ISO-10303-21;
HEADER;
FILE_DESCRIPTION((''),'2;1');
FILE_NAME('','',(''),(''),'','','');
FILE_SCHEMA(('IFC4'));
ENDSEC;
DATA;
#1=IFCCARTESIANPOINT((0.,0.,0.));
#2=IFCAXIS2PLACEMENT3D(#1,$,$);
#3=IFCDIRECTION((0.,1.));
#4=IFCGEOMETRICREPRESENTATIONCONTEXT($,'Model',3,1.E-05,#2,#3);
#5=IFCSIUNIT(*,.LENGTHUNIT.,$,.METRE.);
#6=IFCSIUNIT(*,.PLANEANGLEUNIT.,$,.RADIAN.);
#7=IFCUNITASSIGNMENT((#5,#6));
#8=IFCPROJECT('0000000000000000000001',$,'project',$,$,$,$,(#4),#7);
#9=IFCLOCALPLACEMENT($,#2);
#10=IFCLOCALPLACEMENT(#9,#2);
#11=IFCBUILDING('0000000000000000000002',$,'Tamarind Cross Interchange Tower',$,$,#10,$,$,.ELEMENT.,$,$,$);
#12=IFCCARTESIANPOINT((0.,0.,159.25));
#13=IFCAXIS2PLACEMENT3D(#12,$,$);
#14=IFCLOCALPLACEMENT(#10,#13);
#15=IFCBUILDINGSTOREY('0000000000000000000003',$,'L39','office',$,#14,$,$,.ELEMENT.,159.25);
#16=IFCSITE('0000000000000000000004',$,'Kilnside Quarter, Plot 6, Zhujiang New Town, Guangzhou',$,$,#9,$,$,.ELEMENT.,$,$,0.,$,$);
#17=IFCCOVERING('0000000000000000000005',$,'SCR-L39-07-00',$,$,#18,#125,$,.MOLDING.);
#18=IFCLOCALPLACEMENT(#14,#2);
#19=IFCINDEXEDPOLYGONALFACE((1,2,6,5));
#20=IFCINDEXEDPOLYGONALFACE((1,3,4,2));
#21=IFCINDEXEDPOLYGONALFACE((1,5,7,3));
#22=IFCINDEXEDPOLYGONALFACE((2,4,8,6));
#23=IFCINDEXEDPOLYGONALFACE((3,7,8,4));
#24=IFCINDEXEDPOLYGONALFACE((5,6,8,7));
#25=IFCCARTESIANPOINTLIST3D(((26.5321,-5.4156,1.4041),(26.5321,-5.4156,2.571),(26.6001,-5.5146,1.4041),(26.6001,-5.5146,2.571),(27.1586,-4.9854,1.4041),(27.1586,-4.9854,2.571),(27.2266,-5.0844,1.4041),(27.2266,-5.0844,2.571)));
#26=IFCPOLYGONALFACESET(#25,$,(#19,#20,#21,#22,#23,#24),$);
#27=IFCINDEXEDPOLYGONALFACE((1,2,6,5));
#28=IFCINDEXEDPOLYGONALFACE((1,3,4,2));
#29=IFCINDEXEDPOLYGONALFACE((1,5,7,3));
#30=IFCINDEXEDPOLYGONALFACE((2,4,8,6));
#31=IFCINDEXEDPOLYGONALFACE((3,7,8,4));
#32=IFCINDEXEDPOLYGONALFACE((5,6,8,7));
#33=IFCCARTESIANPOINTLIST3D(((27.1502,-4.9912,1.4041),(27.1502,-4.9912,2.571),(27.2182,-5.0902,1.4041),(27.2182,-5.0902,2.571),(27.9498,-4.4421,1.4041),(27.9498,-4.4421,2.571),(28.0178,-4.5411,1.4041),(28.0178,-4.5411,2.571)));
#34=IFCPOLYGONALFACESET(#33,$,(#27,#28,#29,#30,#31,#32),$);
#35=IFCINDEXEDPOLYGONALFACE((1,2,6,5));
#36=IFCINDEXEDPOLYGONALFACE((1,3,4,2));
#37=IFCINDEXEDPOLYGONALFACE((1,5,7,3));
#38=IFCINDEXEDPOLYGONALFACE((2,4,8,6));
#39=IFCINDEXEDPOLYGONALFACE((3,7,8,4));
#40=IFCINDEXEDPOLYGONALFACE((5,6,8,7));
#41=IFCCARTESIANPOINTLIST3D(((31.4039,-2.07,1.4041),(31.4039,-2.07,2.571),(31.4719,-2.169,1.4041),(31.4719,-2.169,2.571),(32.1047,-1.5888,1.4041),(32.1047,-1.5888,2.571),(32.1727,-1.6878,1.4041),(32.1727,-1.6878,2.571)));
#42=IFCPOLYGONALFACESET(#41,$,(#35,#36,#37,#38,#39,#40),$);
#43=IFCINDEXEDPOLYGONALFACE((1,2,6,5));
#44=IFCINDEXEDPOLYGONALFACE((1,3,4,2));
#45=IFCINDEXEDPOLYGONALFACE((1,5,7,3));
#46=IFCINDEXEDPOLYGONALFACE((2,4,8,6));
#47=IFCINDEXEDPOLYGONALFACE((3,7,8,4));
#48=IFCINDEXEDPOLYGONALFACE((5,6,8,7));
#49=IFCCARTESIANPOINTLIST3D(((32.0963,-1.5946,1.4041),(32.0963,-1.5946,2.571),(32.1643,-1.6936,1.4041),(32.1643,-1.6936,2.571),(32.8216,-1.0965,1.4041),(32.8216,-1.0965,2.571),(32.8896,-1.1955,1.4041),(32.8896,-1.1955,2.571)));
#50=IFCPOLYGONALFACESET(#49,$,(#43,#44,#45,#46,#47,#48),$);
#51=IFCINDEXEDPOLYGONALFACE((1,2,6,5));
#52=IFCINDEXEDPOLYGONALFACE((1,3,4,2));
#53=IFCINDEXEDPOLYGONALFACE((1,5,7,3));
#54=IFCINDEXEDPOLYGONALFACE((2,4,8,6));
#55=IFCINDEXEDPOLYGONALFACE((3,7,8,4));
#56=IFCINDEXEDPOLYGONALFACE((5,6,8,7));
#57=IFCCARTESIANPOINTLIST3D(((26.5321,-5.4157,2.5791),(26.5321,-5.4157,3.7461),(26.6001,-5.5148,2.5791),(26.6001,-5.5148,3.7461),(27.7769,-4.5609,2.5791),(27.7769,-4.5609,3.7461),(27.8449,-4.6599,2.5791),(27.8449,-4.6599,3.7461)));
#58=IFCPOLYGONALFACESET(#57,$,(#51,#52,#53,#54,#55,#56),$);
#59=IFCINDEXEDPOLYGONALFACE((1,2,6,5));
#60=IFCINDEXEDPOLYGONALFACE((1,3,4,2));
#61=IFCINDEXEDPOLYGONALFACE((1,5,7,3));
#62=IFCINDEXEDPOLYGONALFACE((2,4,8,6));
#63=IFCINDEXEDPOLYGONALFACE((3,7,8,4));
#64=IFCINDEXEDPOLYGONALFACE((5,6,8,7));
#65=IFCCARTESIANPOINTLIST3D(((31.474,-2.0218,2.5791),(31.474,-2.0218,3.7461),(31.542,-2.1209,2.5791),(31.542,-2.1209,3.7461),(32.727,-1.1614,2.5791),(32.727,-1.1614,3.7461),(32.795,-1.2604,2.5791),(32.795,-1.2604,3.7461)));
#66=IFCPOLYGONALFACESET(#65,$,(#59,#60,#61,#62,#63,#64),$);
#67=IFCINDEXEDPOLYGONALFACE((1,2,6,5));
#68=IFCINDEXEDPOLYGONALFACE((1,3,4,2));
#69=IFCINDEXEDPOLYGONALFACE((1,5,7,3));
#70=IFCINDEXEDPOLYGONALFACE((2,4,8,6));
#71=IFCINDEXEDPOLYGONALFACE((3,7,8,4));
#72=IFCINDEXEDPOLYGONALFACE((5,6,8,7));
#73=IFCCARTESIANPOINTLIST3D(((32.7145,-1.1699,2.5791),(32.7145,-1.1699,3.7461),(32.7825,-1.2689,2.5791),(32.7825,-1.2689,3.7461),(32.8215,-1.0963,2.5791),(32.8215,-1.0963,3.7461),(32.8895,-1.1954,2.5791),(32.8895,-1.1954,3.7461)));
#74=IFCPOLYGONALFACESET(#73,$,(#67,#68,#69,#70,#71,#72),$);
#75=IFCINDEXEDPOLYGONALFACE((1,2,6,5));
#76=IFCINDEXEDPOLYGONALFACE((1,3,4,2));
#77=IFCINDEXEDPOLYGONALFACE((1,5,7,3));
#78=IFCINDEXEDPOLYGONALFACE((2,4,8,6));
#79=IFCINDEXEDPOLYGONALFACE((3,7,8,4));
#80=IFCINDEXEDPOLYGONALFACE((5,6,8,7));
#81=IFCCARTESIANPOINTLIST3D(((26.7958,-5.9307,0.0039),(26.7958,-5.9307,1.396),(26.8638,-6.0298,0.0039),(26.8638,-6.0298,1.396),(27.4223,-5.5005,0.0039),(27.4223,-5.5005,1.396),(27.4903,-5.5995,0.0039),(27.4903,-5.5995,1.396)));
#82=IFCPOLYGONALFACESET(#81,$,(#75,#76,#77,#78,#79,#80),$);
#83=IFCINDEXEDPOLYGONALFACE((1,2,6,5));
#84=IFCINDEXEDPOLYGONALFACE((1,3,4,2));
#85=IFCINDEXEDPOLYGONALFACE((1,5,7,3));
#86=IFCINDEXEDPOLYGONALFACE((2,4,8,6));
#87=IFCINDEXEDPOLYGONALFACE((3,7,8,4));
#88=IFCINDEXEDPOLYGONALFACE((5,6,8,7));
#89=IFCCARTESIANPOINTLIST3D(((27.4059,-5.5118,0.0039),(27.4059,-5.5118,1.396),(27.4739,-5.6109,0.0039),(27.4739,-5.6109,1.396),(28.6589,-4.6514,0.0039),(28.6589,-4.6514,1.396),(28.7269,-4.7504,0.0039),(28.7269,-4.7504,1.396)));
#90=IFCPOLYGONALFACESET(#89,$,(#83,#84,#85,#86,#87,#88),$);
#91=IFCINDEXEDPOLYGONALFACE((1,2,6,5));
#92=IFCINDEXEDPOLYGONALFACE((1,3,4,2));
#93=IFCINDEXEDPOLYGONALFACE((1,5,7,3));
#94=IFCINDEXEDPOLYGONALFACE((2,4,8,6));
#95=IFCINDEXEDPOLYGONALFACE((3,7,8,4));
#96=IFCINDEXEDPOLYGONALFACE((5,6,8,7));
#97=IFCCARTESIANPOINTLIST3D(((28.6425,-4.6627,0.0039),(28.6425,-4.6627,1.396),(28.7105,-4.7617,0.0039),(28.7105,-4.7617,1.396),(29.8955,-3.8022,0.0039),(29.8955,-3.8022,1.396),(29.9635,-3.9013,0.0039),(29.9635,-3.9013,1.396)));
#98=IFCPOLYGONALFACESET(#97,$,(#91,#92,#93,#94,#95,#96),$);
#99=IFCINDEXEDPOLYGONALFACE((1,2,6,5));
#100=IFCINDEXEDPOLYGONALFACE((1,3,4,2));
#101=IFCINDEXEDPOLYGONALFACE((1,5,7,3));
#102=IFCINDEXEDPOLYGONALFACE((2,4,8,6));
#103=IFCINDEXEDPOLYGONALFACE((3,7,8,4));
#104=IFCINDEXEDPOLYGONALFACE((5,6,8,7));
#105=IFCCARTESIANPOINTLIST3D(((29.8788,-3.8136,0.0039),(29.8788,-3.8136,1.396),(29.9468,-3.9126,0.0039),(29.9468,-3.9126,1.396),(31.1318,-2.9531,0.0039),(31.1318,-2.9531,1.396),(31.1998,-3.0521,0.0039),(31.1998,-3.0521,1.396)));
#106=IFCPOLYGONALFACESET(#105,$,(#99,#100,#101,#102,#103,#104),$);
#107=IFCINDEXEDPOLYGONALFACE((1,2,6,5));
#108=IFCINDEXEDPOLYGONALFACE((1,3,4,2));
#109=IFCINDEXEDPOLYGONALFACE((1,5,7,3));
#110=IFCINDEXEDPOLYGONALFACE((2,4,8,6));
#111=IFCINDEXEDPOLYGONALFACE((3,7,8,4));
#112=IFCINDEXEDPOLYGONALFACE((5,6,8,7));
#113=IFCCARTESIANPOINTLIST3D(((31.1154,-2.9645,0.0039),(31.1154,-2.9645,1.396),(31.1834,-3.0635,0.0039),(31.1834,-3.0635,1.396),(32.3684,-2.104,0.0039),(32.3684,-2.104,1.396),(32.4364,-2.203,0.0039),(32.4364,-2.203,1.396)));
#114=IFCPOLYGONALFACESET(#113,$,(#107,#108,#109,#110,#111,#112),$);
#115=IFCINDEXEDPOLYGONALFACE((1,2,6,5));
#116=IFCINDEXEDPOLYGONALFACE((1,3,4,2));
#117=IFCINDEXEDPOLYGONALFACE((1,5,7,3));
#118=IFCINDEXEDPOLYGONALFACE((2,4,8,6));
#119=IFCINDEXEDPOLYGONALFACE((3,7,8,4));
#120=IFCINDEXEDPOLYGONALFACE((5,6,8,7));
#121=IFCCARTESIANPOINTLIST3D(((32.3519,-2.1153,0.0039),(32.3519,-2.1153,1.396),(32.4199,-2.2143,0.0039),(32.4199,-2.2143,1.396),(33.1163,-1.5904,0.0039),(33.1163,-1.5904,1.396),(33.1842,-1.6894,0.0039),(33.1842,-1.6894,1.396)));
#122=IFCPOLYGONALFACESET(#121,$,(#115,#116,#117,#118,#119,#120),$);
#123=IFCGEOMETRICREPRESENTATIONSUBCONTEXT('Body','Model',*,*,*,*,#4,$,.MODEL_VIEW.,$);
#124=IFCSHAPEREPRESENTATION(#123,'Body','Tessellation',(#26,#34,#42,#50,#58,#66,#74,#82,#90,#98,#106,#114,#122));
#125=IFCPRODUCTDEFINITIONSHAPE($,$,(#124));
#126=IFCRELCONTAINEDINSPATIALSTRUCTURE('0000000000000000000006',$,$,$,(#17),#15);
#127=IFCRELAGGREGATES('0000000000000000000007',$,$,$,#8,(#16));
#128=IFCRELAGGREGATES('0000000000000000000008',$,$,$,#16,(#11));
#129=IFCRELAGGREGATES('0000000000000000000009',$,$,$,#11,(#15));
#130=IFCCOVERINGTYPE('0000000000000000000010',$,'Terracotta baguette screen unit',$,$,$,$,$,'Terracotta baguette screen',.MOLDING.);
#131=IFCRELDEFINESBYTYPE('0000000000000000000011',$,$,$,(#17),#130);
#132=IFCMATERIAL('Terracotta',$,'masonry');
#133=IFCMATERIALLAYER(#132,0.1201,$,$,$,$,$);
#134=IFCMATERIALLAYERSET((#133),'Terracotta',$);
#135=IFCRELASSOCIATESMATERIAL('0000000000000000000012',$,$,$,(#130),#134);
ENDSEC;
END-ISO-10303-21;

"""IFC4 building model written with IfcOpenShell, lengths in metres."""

from ifc_helpers import new_model, si_unit, direction, frame, origin, origin_2d, place, context, subcontext, project, spatial, rectangle, extrude, material, layer, layer_set, type_object, element, save


model = new_model("IFC4")

# Units and contexts
model_context = context("Model", 3, precision=1e-05, world=origin(), true_north=direction((0.0, 1.0)))
body_context = subcontext(model_context, "Body", "Model", "MODEL_VIEW")
ifc_project = project(units=[si_unit("LENGTHUNIT", "METRE"), si_unit("PLANEANGLEUNIT", "RADIAN")], contexts=[model_context])

# Site, building, storey
site_placement = place(None, origin())
site = spatial("IfcSite", under=ifc_project, at=site_placement, Name="Kilnside Quarter, Plot 6, Zhujiang New Town, Guangzhou", CompositionType="ELEMENT", RefElevation=0.0)
building_placement = place(site_placement, origin())
building = spatial("IfcBuilding", under=site, at=building_placement, Name="Tamarind Cross Interchange Tower", CompositionType="ELEMENT")
storey_placement = place(building_placement, frame((0.0, 0.0, 159.25)))
storey = spatial("IfcBuildingStorey", under=building, at=storey_placement, Name="L39", Description="office", CompositionType="ELEMENT", Elevation=159.25)

# Covering
ifc_material_1 = material(Name="Terracotta", Category="masonry")
ifc_layer_1 = layer(ifc_material_1, 0.1201)
ifc_layer_set_1 = layer_set([ifc_layer_1], Name="Terracotta")
covering_type = type_object("IfcCoveringType", Name="Terracotta baguette screen unit", ElementType="Terracotta baguette screen", PredefinedType="MOLDING", material=ifc_layer_set_1)
covering_1_placement = place(storey_placement, origin())
element("IfcCovering", 1, at=covering_1_placement, inside=storey, type_object=covering_type, Name="SCR-L39-07-00", PredefinedType="MOLDING", context=body_context, shape_type="SweptSolid", body=[
    extrude(rectangle(XDim=0.76, YDim=0.1201, at=origin_2d()), frame((26.8794, -5.25, 1.4041), z_axis=(0.0, 0.0, 1.0), x_axis=(0.82434, 0.566096, 0.0)), (0.0, 0.0, 1.0), 1.167),
    extrude(rectangle(XDim=0.97, YDim=0.1201, at=origin_2d()), frame((27.584, -4.7661, 1.4041), z_axis=(0.0, 0.0, 1.0), x_axis=(0.82434, 0.566096, 0.0)), (0.0, 0.0, 1.0), 1.167),
    extrude(rectangle(XDim=0.8501, YDim=0.1201, at=origin_2d()), frame((31.7883, -1.8789, 1.4041), z_axis=(0.0, 0.0, 1.0), x_axis=(0.82434, 0.566096, 0.0)), (0.0, 0.0, 1.0), 1.167),
    extrude(rectangle(XDim=0.8799, YDim=0.1201, at=origin_2d()), frame((32.4929, -1.395, 1.4041), z_axis=(0.0, 0.0, 1.0), x_axis=(0.82434, 0.566096, 0.0)), (0.0, 0.0, 1.0), 1.167),
    extrude(rectangle(XDim=1.51, YDim=0.1201, at=origin_2d()), frame((27.1885, -5.0378, 2.5791), z_axis=(0.0, 0.0, 1.0), x_axis=(0.82434, 0.566096, 0.0)), (0.0, 0.0, 1.0), 1.167),
    extrude(rectangle(XDim=1.52, YDim=0.1201, at=origin_2d()), frame((32.1345, -1.6411, 2.5791), z_axis=(0.0, 0.0, 1.0), x_axis=(0.82434, 0.566096, 0.0)), (0.0, 0.0, 1.0), 1.167),
    extrude(rectangle(XDim=0.1299, YDim=0.1201, at=origin_2d()), frame((32.802, -1.1826, 2.5791), z_axis=(0.0, 0.0, 1.0), x_axis=(0.82434, 0.566096, 0.0)), (0.0, 0.0, 1.0), 1.167),
    extrude(rectangle(XDim=0.76, YDim=0.1201, at=origin_2d()), frame((27.1431, -5.7651, 0.0039), z_axis=(0.0, 0.0, 1.0), x_axis=(0.82434, 0.566096, 0.0)), (0.0, 0.0, 1.0), 1.3921),
    extrude(rectangle(XDim=1.52, YDim=0.1201, at=origin_2d()), frame((28.0664, -5.1311, 0.0039), z_axis=(0.0, 0.0, 1.0), x_axis=(0.82434, 0.566096, 0.0)), (0.0, 0.0, 1.0), 1.3921),
    extrude(rectangle(XDim=1.52, YDim=0.1201, at=origin_2d()), frame((29.303, -4.282, 0.0039), z_axis=(0.0, 0.0, 1.0), x_axis=(0.82434, 0.566096, 0.0)), (0.0, 0.0, 1.0), 1.3921),
    extrude(rectangle(XDim=1.52, YDim=0.1201, at=origin_2d()), frame((30.5393, -3.4329, 0.0039), z_axis=(0.0, 0.0, 1.0), x_axis=(0.82434, 0.566096, 0.0)), (0.0, 0.0, 1.0), 1.3921),
    extrude(rectangle(XDim=1.52, YDim=0.1201, at=origin_2d()), frame((31.7759, -2.5837, 0.0039), z_axis=(0.0, 0.0, 1.0), x_axis=(0.82434, 0.566096, 0.0)), (0.0, 0.0, 1.0), 1.3921),
    extrude(rectangle(XDim=0.9272, YDim=0.1201, at=origin_2d()), frame((32.7681, -1.9023, 0.0039), z_axis=(0.0, 0.0, 1.0), x_axis=(0.82434, 0.566096, 0.0)), (0.0, 0.0, 1.0), 1.3921),
])

save(model, "model.ifc")
